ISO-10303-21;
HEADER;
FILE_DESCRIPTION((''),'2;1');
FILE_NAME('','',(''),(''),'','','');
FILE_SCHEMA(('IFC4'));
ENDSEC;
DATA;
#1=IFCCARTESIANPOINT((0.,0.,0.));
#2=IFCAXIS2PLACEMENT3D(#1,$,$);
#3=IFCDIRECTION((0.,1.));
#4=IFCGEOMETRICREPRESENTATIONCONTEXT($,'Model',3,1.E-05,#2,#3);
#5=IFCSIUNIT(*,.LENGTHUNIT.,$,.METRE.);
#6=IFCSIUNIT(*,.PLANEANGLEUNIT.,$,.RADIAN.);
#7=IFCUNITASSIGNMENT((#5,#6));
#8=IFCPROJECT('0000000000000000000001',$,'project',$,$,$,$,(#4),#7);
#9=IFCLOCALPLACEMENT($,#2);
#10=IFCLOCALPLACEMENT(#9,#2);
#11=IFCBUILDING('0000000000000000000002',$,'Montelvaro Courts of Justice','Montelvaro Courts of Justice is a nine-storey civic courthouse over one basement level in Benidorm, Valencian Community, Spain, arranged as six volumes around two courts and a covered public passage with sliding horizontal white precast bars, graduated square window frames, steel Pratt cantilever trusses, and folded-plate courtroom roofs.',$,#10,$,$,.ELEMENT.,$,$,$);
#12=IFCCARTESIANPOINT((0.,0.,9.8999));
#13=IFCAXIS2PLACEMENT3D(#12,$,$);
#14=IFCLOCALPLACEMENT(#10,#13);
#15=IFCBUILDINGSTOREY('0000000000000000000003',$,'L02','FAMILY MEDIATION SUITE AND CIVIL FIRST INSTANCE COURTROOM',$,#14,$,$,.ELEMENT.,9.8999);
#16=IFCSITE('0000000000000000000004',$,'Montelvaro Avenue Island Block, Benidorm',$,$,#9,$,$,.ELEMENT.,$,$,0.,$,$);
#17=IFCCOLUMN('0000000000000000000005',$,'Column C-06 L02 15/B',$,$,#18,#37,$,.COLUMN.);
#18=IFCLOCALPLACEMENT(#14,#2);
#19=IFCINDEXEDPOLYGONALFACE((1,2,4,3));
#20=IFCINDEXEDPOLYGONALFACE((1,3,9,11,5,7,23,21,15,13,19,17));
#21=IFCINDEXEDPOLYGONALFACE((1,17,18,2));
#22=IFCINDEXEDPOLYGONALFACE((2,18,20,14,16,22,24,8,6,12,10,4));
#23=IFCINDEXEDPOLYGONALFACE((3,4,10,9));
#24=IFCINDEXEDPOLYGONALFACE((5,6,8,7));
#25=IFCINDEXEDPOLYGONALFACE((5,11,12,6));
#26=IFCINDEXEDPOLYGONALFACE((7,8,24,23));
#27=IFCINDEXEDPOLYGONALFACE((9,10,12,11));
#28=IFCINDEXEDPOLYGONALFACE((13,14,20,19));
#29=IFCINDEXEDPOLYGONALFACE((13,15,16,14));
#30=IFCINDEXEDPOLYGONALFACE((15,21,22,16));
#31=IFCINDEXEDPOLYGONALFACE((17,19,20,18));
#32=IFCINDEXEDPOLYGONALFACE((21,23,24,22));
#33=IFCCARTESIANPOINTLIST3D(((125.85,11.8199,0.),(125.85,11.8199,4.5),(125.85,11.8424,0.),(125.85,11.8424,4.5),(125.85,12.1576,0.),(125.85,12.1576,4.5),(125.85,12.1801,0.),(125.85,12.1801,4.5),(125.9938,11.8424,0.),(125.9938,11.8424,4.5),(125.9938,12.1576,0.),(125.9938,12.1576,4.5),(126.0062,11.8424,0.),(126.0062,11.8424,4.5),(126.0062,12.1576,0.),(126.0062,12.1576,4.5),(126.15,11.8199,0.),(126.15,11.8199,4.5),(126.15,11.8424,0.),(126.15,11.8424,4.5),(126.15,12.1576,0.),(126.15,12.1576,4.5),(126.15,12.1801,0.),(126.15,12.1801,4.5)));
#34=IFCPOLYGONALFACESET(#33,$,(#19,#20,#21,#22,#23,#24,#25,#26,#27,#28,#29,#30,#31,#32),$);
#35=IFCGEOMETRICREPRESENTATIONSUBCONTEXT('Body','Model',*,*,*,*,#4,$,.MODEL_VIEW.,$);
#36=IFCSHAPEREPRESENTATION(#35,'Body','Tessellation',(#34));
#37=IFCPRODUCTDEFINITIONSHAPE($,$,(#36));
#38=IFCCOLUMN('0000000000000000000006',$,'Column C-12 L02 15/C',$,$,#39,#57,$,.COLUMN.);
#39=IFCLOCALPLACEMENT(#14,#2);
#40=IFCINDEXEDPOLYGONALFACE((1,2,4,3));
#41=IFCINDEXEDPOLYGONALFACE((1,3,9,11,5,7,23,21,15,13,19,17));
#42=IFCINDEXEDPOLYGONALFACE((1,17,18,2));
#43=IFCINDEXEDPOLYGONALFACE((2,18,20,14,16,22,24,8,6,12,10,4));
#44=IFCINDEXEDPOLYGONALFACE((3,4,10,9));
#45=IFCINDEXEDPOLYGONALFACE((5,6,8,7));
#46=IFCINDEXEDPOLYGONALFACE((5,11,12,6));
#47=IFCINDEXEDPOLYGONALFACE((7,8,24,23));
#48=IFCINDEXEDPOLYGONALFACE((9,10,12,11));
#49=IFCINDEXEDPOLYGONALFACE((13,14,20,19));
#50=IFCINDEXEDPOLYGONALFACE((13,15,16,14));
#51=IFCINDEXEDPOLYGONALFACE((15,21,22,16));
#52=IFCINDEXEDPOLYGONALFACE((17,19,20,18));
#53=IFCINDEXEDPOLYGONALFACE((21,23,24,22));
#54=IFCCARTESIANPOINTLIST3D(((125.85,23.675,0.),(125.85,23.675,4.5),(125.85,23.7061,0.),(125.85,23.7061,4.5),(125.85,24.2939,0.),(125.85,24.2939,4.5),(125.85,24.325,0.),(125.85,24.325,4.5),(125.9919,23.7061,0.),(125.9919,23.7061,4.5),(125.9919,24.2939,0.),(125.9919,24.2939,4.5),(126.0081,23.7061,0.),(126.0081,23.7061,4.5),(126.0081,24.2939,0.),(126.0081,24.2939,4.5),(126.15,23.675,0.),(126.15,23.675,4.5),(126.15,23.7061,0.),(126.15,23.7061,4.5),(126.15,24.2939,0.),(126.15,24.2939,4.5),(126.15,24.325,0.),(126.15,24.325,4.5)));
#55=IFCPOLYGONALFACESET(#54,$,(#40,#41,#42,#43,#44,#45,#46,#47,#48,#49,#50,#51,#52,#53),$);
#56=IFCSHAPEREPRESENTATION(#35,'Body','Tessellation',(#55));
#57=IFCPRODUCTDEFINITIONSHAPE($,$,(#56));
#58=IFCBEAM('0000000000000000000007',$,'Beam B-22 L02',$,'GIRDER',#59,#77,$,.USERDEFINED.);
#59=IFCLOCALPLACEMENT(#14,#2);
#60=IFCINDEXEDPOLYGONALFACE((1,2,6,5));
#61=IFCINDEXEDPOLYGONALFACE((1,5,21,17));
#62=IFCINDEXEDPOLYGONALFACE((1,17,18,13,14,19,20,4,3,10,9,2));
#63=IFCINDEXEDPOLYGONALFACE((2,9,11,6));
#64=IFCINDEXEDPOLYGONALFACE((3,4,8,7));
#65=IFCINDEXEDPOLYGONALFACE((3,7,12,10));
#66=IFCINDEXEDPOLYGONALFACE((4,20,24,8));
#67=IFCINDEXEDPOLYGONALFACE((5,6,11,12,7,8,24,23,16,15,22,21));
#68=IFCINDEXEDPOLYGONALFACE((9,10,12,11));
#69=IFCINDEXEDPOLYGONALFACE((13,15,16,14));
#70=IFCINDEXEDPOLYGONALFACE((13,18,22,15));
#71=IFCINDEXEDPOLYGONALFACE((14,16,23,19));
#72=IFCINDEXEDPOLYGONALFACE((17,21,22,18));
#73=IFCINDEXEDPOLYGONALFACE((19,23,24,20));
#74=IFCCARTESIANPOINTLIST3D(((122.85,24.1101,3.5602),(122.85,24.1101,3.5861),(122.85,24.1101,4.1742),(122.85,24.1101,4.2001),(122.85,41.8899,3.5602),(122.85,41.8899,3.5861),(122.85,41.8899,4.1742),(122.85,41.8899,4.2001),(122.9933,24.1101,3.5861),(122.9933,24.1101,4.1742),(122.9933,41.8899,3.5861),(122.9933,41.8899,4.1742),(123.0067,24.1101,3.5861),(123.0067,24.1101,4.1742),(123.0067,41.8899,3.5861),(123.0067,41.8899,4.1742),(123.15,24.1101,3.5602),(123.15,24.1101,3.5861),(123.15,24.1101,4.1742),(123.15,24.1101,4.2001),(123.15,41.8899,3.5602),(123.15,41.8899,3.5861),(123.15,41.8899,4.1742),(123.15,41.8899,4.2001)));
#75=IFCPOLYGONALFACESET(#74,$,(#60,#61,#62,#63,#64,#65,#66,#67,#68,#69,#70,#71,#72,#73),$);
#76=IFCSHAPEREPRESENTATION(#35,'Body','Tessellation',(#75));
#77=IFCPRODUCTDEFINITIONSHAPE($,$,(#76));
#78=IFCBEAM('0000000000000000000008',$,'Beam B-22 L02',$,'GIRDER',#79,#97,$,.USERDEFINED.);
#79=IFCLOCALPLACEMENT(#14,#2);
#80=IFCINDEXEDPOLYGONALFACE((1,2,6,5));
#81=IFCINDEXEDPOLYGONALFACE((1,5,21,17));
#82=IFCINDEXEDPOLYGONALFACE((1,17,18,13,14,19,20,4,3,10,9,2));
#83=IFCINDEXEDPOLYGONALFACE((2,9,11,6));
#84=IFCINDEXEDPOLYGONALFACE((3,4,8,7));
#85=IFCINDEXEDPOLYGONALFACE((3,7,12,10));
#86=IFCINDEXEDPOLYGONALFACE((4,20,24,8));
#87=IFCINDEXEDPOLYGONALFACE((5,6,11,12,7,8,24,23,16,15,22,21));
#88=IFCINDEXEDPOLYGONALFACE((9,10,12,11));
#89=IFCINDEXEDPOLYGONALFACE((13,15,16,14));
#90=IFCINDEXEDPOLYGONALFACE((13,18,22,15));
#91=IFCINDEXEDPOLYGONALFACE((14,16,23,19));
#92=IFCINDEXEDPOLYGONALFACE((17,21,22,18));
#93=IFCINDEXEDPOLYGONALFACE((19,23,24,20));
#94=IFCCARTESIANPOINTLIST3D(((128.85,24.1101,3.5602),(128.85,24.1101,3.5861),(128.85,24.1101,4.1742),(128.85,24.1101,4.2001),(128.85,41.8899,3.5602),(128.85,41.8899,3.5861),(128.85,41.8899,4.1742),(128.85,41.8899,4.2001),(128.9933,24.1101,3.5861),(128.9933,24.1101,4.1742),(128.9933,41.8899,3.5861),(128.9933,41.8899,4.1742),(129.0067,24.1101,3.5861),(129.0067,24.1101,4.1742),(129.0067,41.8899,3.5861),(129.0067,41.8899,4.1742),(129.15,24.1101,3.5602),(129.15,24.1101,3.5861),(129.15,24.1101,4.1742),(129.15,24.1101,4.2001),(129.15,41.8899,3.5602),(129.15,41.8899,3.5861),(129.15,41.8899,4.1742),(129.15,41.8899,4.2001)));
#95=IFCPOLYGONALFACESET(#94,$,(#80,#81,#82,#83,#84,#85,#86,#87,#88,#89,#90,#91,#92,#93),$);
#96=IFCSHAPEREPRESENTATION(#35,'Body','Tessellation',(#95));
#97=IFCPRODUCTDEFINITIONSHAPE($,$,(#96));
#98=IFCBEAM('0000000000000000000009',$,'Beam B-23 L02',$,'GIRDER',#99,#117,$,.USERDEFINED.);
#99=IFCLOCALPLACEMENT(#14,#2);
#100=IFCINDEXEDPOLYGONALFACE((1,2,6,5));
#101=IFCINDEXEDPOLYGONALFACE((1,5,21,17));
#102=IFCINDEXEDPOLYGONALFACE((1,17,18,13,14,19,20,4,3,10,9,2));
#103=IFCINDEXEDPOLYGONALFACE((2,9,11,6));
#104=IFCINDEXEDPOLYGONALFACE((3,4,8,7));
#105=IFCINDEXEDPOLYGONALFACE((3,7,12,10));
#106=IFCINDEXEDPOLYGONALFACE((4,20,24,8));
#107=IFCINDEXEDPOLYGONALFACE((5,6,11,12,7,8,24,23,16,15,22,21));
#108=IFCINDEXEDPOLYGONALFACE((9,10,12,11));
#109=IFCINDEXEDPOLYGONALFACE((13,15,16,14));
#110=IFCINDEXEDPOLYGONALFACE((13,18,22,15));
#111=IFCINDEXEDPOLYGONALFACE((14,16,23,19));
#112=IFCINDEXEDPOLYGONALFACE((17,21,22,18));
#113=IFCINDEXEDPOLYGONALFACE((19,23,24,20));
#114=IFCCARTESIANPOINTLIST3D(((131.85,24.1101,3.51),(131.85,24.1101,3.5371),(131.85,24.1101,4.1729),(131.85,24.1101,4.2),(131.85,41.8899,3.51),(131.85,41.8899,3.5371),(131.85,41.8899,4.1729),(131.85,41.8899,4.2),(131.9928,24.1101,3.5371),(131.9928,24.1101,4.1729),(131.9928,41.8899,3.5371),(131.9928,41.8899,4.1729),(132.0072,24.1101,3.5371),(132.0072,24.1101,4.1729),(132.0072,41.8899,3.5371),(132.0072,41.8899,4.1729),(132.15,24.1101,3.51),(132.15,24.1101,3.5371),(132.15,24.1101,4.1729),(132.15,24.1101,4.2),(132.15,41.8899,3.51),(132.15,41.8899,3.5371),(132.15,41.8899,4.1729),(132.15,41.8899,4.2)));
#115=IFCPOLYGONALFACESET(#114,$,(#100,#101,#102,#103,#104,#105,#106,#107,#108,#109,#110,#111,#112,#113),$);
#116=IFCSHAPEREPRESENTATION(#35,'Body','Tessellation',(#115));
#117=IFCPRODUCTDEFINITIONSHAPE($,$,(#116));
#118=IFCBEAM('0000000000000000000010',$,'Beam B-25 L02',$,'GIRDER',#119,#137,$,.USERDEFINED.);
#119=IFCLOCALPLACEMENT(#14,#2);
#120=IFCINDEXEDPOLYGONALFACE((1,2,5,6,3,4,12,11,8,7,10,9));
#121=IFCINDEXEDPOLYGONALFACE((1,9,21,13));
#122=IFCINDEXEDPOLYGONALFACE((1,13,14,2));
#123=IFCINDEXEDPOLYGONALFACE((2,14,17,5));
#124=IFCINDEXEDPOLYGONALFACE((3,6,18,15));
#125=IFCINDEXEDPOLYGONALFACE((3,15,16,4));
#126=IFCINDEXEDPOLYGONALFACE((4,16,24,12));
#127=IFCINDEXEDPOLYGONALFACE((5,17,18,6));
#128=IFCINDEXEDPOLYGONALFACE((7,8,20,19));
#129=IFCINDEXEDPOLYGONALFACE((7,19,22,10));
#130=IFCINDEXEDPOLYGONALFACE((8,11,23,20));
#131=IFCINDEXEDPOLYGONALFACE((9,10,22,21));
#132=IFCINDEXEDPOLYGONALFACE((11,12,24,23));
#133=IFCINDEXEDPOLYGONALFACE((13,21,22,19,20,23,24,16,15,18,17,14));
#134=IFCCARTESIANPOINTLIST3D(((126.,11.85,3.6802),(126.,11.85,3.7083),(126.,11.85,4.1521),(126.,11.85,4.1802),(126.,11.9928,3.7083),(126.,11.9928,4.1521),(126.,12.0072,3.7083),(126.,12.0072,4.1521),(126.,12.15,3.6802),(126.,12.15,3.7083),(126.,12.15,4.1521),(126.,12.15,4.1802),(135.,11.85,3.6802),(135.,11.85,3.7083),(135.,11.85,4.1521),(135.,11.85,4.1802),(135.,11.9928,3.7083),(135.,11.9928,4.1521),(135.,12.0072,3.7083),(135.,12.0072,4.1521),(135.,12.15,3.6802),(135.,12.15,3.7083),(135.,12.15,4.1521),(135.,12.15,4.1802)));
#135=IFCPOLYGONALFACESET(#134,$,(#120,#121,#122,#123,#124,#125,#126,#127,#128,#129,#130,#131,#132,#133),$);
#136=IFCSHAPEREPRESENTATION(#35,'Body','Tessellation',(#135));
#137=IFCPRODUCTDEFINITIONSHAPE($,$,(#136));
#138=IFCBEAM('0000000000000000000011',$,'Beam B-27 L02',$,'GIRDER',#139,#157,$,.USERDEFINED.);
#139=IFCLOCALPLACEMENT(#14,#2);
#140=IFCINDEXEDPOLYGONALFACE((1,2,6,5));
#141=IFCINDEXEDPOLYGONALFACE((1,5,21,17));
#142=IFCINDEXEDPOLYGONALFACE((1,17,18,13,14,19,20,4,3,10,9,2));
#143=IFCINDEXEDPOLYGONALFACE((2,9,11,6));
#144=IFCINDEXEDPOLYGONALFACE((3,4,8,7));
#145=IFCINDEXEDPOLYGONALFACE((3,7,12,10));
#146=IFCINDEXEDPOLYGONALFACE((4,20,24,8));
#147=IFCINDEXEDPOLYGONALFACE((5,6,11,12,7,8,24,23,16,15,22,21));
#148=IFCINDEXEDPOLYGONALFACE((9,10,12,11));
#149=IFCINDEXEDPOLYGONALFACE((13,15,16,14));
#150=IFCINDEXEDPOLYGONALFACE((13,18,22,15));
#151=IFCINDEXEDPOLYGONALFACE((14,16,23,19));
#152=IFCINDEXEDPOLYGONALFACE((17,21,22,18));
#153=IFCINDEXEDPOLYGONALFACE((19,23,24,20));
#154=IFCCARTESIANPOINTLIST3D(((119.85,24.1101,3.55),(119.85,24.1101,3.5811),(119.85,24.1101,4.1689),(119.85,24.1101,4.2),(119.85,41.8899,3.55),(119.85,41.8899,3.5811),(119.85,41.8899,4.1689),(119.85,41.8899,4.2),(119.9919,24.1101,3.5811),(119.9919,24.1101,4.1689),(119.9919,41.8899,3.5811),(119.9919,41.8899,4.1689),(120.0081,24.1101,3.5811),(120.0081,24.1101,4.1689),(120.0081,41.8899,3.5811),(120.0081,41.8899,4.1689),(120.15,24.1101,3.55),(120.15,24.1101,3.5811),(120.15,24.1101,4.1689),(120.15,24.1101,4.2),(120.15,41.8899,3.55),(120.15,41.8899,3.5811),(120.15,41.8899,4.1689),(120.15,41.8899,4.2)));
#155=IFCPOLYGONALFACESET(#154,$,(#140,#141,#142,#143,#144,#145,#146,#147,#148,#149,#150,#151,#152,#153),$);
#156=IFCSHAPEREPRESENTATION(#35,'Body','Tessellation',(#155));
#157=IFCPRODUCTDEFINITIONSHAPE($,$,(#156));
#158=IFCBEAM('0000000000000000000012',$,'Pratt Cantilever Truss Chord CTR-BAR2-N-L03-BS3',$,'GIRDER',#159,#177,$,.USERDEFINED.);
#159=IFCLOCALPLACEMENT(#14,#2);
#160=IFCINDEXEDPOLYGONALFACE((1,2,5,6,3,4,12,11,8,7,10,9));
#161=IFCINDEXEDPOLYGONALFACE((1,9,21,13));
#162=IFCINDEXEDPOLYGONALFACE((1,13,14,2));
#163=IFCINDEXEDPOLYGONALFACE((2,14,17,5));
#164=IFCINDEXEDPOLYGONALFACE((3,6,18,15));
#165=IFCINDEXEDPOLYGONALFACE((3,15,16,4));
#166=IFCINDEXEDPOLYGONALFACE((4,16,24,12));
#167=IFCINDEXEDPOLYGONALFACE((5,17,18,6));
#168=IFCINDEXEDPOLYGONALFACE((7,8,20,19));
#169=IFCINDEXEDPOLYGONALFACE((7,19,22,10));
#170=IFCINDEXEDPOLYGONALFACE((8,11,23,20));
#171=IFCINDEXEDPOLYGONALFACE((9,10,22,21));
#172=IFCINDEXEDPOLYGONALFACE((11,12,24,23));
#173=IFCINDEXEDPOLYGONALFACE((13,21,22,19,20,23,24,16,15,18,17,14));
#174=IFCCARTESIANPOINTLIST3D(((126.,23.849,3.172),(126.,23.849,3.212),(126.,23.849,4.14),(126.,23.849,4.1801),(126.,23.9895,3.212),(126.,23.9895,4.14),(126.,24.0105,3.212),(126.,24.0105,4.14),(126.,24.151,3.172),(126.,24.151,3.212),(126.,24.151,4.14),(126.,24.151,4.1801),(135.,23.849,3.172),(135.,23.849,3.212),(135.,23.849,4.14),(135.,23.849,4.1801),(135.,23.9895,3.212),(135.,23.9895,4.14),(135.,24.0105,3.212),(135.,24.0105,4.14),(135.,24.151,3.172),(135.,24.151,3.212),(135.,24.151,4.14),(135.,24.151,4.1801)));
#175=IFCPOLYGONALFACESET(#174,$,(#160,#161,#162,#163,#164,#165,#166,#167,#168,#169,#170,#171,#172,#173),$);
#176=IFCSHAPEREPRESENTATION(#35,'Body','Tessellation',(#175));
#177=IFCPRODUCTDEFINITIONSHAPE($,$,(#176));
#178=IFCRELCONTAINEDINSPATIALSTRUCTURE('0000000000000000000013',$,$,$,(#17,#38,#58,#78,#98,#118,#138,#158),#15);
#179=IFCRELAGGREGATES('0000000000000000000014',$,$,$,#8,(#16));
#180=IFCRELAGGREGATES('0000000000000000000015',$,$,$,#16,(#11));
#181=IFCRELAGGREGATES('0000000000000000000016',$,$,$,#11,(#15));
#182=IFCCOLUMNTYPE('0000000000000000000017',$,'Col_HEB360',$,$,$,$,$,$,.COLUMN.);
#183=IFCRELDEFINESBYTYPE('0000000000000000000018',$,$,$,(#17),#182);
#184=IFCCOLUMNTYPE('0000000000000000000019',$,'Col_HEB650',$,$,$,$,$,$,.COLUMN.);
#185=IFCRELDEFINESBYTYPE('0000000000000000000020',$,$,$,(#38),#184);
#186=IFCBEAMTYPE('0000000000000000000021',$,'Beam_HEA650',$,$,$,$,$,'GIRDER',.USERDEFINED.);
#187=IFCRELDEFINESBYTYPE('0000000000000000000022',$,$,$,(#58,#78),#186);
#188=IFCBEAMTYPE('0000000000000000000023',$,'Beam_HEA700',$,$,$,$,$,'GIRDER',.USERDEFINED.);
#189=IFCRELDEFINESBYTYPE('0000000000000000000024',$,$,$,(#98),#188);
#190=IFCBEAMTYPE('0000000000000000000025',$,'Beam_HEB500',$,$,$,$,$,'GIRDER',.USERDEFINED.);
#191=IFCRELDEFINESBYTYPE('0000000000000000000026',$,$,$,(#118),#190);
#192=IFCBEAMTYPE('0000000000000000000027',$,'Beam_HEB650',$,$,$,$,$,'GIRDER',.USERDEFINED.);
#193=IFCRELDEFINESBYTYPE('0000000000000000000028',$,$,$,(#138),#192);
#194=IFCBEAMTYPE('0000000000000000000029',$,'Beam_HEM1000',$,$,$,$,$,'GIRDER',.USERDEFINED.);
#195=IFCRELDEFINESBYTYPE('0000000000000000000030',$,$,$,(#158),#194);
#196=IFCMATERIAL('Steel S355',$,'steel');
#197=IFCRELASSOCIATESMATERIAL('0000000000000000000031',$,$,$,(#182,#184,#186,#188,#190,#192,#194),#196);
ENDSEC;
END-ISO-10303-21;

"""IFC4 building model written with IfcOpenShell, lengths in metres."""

from ifc_helpers import new_model, si_unit, direction, frame, origin, origin_2d, place, context, subcontext, project, spatial, i_section, extrude, material, material_profile, profile_set, type_object, element, save


model = new_model("IFC4")

# Units and contexts
model_context = context("Model", 3, precision=1e-05, world=origin(), true_north=direction((0.0, 1.0)))
body_context = subcontext(model_context, "Body", "Model", "MODEL_VIEW")
ifc_project = project(units=[si_unit("LENGTHUNIT", "METRE"), si_unit("PLANEANGLEUNIT", "RADIAN")], contexts=[model_context])

# Site, building, storey
site_placement = place(None, origin())
site = spatial("IfcSite", under=ifc_project, at=site_placement, Name="Montelvaro Avenue Island Block, Benidorm", CompositionType="ELEMENT", RefElevation=0.0)
building_placement = place(site_placement, origin())
building = spatial("IfcBuilding", under=site, at=building_placement, Name="Montelvaro Courts of Justice", Description="Montelvaro Courts of Justice is a nine-storey civic courthouse over one basement level in Benidorm, Valencian Community, Spain, arranged as six volumes around two courts and a covered public passage with sliding horizontal white precast bars, graduated square window frames, steel Pratt cantilever trusses, and folded-plate courtroom roofs.", CompositionType="ELEMENT")
storey_placement = place(building_placement, frame((0.0, 0.0, 9.8999)))
storey = spatial("IfcBuildingStorey", under=building, at=storey_placement, Name="L02", Description="FAMILY MEDIATION SUITE AND CIVIL FIRST INSTANCE COURTROOM", CompositionType="ELEMENT", Elevation=9.8999)

# Columns
ifc_material_1 = material(Name="Steel S355", Category="steel")
ifc_material_profile_1 = material_profile(ifc_material_1, i_section(OverallWidth=0.3, OverallDepth=0.3601, WebThickness=0.0125, FlangeThickness=0.0225, at=origin_2d()), Name="HEB 360")
ifc_profile_set_1 = profile_set([ifc_material_profile_1], Name="Steel S355")
column_type_1 = type_object("IfcColumnType", Name="Col_HEB360", PredefinedType="COLUMN", material=ifc_profile_set_1)
column_1_placement = place(storey_placement, frame((126.0, 12.0, 0.0), z_axis=(0.0, 0.0, 1.0), x_axis=(1.0, 0.0, 0.0)))
element("IfcColumn", 1, at=column_1_placement, inside=storey, type_object=column_type_1, Name="Column C-06 L02 15/B", PredefinedType="COLUMN", context=body_context, shape_type="SweptSolid", body=[
    extrude(i_section(OverallWidth=0.3, OverallDepth=0.3601, WebThickness=0.0125, FlangeThickness=0.0225, at=origin_2d()), origin(), (0.0, 0.0, 1.0), 4.5),
])
ifc_material_profile_2 = material_profile(ifc_material_1, i_section(OverallWidth=0.3, OverallDepth=0.6499, WebThickness=0.0161, FlangeThickness=0.031, at=origin_2d()), Name="HEB 650")
ifc_profile_set_2 = profile_set([ifc_material_profile_2], Name="Steel S355")
column_type_2 = type_object("IfcColumnType", Name="Col_HEB650", PredefinedType="COLUMN", material=ifc_profile_set_2)
column_2_placement = place(storey_placement, frame((126.0, 24.0, 0.0), z_axis=(0.0, 0.0, 1.0), x_axis=(1.0, 0.0, 0.0)))
element("IfcColumn", 2, at=column_2_placement, inside=storey, type_object=column_type_2, Name="Column C-12 L02 15/C", PredefinedType="COLUMN", context=body_context, shape_type="SweptSolid", body=[
    extrude(i_section(OverallWidth=0.3, OverallDepth=0.6499, WebThickness=0.0161, FlangeThickness=0.031, at=origin_2d()), origin(), (0.0, 0.0, 1.0), 4.5),
])

# Beams
ifc_material_profile_3 = material_profile(ifc_material_1, i_section(OverallWidth=0.3, OverallDepth=0.6399, WebThickness=0.0134, FlangeThickness=0.0259, at=origin_2d()), Name="HEA 650")
ifc_profile_set_3 = profile_set([ifc_material_profile_3], Name="Steel S355")
beam_type_1 = type_object("IfcBeamType", Name="Beam_HEA650", ElementType="GIRDER", PredefinedType="USERDEFINED", material=ifc_profile_set_3)
for number, where, z_axis, x_axis, name in (
    (3, (123.0, 24.1101, 3.8801), (0.0, 1.0, 0.0), (-1.0, 0.0, 0.0), "Beam B-22 L02"),
    (4, (129.0, 24.1101, 3.8801), (0.0, 1.0, 0.0), (-1.0, 0.0, 0.0), "Beam B-22 L02"),
):
    element("IfcBeam", number, at=place(storey_placement, frame(where, z_axis=z_axis, x_axis=x_axis)), inside=storey, type_object=beam_type_1, Name=name, ObjectType="GIRDER", PredefinedType="USERDEFINED", context=body_context, shape_type="SweptSolid", body=[
        extrude(i_section(OverallWidth=0.3, OverallDepth=0.6399, WebThickness=0.0134, FlangeThickness=0.0259, at=origin_2d()), origin(), (0.0, 0.0, 1.0), 17.7798),
    ])
ifc_material_profile_4 = material_profile(ifc_material_1, i_section(OverallWidth=0.3, OverallDepth=0.6899, WebThickness=0.0144, FlangeThickness=0.0271, at=origin_2d()), Name="HEA 700")
ifc_profile_set_4 = profile_set([ifc_material_profile_4], Name="Steel S355")
beam_type_2 = type_object("IfcBeamType", Name="Beam_HEA700", ElementType="GIRDER", PredefinedType="USERDEFINED", material=ifc_profile_set_4)
beam_1_placement = place(storey_placement, frame((132.0, 24.1101, 3.855), z_axis=(0.0, 1.0, 0.0), x_axis=(-1.0, 0.0, 0.0)))
element("IfcBeam", 5, at=beam_1_placement, inside=storey, type_object=beam_type_2, Name="Beam B-23 L02", ObjectType="GIRDER", PredefinedType="USERDEFINED", context=body_context, shape_type="SweptSolid", body=[
    extrude(i_section(OverallWidth=0.3, OverallDepth=0.6899, WebThickness=0.0144, FlangeThickness=0.0271, at=origin_2d()), origin(), (0.0, 0.0, 1.0), 17.7798),
])
ifc_material_profile_5 = material_profile(ifc_material_1, i_section(OverallWidth=0.3, OverallDepth=0.5, WebThickness=0.0144, FlangeThickness=0.0281, at=origin_2d()), Name="HEB 500")
ifc_profile_set_5 = profile_set([ifc_material_profile_5], Name="Steel S355")
beam_type_3 = type_object("IfcBeamType", Name="Beam_HEB500", ElementType="GIRDER", PredefinedType="USERDEFINED", material=ifc_profile_set_5)
beam_2_placement = place(storey_placement, frame((126.0, 12.0, 3.9302), z_axis=(1.0, 0.0, 0.0), x_axis=(0.0, 1.0, 0.0)))
element("IfcBeam", 6, at=beam_2_placement, inside=storey, type_object=beam_type_3, Name="Beam B-25 L02", ObjectType="GIRDER", PredefinedType="USERDEFINED", context=body_context, shape_type="SweptSolid", body=[
    extrude(i_section(OverallWidth=0.3, OverallDepth=0.5, WebThickness=0.0144, FlangeThickness=0.0281, at=origin_2d()), origin(), (0.0, 0.0, 1.0), 9.0),
])
ifc_material_profile_6 = material_profile(ifc_material_1, i_section(OverallWidth=0.3, OverallDepth=0.6499, WebThickness=0.0161, FlangeThickness=0.031, at=origin_2d()), Name="HEB 650")
ifc_profile_set_6 = profile_set([ifc_material_profile_6], Name="Steel S355")
beam_type_4 = type_object("IfcBeamType", Name="Beam_HEB650", ElementType="GIRDER", PredefinedType="USERDEFINED", material=ifc_profile_set_6)
beam_3_placement = place(storey_placement, frame((120.0, 24.1101, 3.875), z_axis=(0.0, 1.0, 0.0), x_axis=(-1.0, 0.0, 0.0)))
element("IfcBeam", 7, at=beam_3_placement, inside=storey, type_object=beam_type_4, Name="Beam B-27 L02", ObjectType="GIRDER", PredefinedType="USERDEFINED", context=body_context, shape_type="SweptSolid", body=[
    extrude(i_section(OverallWidth=0.3, OverallDepth=0.6499, WebThickness=0.0161, FlangeThickness=0.031, at=origin_2d()), origin(), (0.0, 0.0, 1.0), 17.7798),
])
ifc_material_profile_7 = material_profile(ifc_material_1, i_section(OverallWidth=0.302, OverallDepth=1.0081, WebThickness=0.021, FlangeThickness=0.04, at=origin_2d()), Name="HEM 1000")
ifc_profile_set_7 = profile_set([ifc_material_profile_7], Name="Steel S355")
beam_type_5 = type_object("IfcBeamType", Name="Beam_HEM1000", ElementType="GIRDER", PredefinedType="USERDEFINED", material=ifc_profile_set_7)
beam_4_placement = place(storey_placement, frame((126.0, 24.0, 3.676), z_axis=(1.0, 0.0, 0.0), x_axis=(0.0, 1.0, 0.0)))
element("IfcBeam", 8, at=beam_4_placement, inside=storey, type_object=beam_type_5, Name="Pratt Cantilever Truss Chord CTR-BAR2-N-L03-BS3", ObjectType="GIRDER", PredefinedType="USERDEFINED", context=body_context, shape_type="SweptSolid", body=[
    extrude(i_section(OverallWidth=0.302, OverallDepth=1.0081, WebThickness=0.021, FlangeThickness=0.04, at=origin_2d()), origin(), (0.0, 0.0, 1.0), 9.0),
])

save(model, "model.ifc")
